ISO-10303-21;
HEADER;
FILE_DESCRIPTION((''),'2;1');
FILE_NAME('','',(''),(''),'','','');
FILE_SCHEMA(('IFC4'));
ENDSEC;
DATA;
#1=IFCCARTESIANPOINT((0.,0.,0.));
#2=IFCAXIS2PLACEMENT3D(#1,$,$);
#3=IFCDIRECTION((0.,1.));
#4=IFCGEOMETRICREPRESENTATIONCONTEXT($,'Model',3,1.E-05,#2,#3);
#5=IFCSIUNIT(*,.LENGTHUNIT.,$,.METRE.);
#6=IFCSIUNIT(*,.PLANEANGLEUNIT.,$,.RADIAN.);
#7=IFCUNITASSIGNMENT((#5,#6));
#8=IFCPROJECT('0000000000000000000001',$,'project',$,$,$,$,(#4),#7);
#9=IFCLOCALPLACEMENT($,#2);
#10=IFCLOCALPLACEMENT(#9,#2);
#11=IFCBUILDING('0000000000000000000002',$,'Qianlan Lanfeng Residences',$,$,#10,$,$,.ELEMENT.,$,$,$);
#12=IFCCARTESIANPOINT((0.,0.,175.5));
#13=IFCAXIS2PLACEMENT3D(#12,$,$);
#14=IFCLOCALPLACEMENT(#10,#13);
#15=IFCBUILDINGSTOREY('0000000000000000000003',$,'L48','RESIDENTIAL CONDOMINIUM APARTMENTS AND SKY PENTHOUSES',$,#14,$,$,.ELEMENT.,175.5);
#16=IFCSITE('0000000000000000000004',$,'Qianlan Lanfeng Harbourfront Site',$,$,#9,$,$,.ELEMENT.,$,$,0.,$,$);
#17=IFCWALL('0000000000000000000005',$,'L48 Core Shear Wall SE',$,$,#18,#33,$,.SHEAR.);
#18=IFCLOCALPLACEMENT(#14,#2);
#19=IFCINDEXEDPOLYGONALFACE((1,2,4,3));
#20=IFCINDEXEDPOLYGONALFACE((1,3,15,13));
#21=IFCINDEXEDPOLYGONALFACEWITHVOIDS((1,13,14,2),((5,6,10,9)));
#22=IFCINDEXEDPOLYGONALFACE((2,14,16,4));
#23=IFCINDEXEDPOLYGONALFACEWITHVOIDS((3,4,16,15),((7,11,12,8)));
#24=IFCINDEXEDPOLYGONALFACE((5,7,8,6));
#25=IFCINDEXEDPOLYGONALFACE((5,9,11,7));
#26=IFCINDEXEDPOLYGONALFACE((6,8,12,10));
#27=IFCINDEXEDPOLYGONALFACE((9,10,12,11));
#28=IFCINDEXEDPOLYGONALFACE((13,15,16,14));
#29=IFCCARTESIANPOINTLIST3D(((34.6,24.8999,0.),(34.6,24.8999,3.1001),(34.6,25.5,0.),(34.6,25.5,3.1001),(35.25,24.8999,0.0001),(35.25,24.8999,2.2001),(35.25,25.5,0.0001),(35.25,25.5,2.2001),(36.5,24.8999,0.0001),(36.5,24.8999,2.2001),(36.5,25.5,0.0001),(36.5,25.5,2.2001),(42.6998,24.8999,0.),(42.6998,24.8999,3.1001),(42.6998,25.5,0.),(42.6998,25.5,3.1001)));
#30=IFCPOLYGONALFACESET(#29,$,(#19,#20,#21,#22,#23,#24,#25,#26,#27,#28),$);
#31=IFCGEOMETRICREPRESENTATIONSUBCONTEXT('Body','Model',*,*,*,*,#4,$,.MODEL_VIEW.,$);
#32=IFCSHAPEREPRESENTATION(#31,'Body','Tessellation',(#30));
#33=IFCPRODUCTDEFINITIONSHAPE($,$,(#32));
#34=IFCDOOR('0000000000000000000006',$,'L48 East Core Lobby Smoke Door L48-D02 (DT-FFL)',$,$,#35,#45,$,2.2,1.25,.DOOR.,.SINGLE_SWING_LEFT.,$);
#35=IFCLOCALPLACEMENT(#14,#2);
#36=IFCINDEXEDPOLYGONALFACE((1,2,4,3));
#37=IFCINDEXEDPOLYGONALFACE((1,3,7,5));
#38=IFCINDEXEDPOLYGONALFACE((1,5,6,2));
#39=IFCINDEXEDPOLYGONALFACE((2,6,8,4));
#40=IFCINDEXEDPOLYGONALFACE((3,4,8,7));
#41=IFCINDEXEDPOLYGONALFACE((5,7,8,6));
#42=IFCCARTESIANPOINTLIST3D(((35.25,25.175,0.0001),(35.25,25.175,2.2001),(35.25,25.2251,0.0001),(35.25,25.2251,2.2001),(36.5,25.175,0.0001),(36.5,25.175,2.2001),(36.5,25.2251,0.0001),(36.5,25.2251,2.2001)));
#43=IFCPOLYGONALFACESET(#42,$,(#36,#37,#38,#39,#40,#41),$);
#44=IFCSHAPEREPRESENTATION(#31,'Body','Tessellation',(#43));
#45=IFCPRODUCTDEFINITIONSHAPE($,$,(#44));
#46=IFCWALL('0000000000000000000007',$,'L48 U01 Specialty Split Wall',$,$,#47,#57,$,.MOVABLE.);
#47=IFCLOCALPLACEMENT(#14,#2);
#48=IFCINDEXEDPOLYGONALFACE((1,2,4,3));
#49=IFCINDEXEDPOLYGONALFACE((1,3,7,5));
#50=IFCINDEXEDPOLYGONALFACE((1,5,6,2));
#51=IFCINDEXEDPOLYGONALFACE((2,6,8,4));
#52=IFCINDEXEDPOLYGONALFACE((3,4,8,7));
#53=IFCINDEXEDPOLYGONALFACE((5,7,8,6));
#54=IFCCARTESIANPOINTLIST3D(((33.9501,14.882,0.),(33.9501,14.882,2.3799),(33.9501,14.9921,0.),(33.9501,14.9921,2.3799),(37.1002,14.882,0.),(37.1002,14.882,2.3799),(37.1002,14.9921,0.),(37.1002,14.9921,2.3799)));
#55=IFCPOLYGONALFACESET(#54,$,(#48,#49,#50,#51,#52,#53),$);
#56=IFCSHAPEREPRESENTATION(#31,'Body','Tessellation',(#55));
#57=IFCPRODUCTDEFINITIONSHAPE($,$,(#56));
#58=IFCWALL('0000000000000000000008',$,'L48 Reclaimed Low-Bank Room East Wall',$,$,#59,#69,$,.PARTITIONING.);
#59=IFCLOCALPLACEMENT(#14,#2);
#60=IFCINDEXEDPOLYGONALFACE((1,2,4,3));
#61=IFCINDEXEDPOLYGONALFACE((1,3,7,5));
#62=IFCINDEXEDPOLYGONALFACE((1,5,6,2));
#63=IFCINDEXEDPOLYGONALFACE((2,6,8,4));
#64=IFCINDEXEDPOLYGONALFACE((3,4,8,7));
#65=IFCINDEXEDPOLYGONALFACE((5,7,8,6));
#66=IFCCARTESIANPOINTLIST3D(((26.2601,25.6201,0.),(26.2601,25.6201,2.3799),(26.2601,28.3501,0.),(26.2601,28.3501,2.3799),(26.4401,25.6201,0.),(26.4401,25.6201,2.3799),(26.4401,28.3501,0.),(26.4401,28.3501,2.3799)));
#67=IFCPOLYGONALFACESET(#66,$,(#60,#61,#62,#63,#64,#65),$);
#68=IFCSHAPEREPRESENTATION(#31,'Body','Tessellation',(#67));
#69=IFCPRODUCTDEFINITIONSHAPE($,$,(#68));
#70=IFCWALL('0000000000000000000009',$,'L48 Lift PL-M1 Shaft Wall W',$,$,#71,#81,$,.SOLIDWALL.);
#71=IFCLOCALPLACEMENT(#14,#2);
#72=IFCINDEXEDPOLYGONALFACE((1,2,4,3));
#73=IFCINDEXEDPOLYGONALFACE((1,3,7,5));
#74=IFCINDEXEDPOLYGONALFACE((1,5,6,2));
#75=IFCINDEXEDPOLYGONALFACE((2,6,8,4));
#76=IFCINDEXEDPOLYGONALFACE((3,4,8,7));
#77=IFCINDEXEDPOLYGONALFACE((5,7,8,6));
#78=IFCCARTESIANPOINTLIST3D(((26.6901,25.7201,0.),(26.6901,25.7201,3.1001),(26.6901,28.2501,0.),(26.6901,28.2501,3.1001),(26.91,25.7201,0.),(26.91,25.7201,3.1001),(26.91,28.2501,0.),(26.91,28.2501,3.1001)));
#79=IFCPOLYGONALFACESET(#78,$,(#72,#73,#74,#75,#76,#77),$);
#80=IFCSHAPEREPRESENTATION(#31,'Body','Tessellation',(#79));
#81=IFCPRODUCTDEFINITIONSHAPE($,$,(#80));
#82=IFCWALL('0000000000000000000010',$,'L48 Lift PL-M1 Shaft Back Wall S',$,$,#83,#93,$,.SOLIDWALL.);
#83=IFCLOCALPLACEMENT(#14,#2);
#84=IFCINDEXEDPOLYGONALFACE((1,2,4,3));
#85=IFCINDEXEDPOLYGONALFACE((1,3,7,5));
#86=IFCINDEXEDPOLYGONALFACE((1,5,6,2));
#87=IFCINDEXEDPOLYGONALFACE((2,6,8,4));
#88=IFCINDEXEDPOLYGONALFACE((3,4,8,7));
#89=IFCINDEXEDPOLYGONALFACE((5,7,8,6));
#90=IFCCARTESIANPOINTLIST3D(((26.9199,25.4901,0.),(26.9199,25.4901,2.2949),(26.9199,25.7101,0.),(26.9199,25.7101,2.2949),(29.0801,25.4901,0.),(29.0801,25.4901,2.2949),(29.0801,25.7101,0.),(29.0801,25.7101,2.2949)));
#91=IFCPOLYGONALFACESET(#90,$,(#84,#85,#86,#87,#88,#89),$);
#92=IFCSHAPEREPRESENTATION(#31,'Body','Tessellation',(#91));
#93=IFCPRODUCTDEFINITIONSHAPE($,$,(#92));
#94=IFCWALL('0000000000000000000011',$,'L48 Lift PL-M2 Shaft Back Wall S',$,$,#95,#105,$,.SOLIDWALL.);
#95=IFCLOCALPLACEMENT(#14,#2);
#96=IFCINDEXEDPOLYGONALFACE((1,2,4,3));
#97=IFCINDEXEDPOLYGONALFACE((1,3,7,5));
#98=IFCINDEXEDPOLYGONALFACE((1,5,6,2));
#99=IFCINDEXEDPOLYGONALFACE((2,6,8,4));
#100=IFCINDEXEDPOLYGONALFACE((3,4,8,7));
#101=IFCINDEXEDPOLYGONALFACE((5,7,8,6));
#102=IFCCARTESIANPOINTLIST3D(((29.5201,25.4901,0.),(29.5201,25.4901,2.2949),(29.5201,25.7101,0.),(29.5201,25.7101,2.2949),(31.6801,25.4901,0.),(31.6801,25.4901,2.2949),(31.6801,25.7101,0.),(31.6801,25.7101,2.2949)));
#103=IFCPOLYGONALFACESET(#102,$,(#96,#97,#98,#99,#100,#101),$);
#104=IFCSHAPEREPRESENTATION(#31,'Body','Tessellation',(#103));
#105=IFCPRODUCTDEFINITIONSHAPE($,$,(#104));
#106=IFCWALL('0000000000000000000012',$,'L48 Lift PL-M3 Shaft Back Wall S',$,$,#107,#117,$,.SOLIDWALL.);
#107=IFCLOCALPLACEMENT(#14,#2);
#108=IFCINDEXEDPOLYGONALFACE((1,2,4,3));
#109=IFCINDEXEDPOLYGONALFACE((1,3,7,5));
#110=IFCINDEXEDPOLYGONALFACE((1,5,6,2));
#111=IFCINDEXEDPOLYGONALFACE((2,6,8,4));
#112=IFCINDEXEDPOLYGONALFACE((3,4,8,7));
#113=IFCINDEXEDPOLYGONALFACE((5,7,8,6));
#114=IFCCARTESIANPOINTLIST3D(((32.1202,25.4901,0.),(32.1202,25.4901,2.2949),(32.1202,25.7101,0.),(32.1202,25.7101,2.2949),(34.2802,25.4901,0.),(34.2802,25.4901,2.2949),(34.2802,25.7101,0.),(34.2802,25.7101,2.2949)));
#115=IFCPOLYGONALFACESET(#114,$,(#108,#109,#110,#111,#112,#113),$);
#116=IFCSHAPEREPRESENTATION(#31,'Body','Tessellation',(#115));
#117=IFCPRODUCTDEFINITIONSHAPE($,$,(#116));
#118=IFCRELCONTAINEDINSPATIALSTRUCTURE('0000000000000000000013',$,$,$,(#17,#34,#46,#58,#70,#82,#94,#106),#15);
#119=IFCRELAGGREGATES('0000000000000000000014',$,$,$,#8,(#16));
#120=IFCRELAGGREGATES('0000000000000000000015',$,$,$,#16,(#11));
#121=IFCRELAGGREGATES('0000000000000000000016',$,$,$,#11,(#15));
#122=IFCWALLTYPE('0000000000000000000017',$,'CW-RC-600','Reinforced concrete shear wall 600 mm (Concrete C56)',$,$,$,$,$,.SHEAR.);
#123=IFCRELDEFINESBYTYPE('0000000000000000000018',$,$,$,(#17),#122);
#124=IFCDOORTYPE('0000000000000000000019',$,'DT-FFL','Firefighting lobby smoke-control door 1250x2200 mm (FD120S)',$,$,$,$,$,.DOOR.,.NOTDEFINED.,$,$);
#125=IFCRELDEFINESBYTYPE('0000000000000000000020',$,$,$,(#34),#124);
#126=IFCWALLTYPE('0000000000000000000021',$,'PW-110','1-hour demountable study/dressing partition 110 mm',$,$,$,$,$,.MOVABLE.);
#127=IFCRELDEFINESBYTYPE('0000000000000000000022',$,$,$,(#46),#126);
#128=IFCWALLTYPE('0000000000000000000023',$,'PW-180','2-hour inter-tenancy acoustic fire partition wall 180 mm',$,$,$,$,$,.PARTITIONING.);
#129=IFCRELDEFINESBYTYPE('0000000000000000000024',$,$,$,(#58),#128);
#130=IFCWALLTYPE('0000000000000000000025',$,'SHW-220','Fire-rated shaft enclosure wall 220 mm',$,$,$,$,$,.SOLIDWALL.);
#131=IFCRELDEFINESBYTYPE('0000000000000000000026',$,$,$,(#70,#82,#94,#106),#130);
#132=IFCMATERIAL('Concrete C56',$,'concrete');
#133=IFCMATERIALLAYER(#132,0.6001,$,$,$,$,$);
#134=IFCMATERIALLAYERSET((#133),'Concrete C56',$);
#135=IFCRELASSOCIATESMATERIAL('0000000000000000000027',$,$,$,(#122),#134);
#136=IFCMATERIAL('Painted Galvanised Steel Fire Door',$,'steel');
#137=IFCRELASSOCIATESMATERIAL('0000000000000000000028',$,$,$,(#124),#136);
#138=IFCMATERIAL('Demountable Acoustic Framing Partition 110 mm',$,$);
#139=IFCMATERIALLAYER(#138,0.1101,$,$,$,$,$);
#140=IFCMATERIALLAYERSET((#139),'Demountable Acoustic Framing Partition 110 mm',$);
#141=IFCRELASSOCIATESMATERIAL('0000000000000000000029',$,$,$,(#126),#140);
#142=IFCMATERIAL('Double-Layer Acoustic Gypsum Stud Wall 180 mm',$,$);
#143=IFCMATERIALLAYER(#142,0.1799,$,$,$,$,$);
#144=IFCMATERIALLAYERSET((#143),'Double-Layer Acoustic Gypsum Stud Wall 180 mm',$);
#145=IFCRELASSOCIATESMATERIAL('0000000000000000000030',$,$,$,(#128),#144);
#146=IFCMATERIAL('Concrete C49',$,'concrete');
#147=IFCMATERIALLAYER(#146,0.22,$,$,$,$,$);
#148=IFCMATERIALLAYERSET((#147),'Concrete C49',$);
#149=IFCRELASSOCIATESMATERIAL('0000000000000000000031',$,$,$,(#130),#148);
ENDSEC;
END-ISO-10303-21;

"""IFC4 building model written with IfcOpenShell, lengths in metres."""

from ifc_helpers import new_model, si_unit, direction, frame, frame_2d, origin, place, context, subcontext, project, spatial, rectangle, extrude, material, layer, layer_set, type_object, element, fill, save


model = new_model("IFC4")

# Units and contexts
model_context = context("Model", 3, precision=1e-05, world=origin(), true_north=direction((0.0, 1.0)))
body_context = subcontext(model_context, "Body", "Model", "MODEL_VIEW")
ifc_project = project(units=[si_unit("LENGTHUNIT", "METRE"), si_unit("PLANEANGLEUNIT", "RADIAN")], contexts=[model_context])

# Site, building, storey
site_placement = place(None, origin())
site = spatial("IfcSite", under=ifc_project, at=site_placement, Name="Qianlan Lanfeng Harbourfront Site", CompositionType="ELEMENT", RefElevation=0.0)
building_placement = place(site_placement, origin())
building = spatial("IfcBuilding", under=site, at=building_placement, Name="Qianlan Lanfeng Residences", CompositionType="ELEMENT")
storey_placement = place(building_placement, frame((0.0, 0.0, 175.5)))
storey = spatial("IfcBuildingStorey", under=building, at=storey_placement, Name="L48", Description="RESIDENTIAL CONDOMINIUM APARTMENTS AND SKY PENTHOUSES", CompositionType="ELEMENT", Elevation=175.5)

# Shared definitions
ifc_material_1 = material(Name="Concrete C49", Category="concrete")

# Wall, opening, door
ifc_material_2 = material(Name="Concrete C56", Category="concrete")
ifc_layer_1 = layer(ifc_material_2, 0.6001)
ifc_layer_set_1 = layer_set([ifc_layer_1], Name="Concrete C56")
wall_type_1 = type_object("IfcWallType", Name="CW-RC-600", Description="Reinforced concrete shear wall 600 mm (Concrete C56)", PredefinedType="SHEAR", material=ifc_layer_set_1)
wall_1_placement = place(storey_placement, frame((34.6001, 25.2, 0.0), z_axis=(0.0, 0.0, 1.0), x_axis=(1.0, 0.0, 0.0)))
wall_1 = element("IfcWall", 1, at=wall_1_placement, inside=storey, type_object=wall_type_1, Name="L48 Core Shear Wall SE", PredefinedType="SHEAR", context=body_context, shape_type="SweptSolid", body=[
    extrude(rectangle(XDim=8.0999, YDim=0.6001, at=frame_2d((4.0498, 0.0))), origin(), (0.0, 0.0, 1.0), 3.1001),
])
opening_1_placement = place(wall_1_placement, frame((0.6499, 0.0, 0.0)))
opening_1 = element("IfcOpeningElement", 2, at=opening_1_placement, cuts=wall_1, PredefinedType="OPENING", context=body_context, shape_type="SweptSolid", body=[
    extrude(rectangle(XDim=1.25, YDim=2.2, at=frame_2d((0.625, 1.1001))), frame((0.0, 0.3101, 0.0), z_axis=(0.0, -1.0, 0.0), x_axis=(1.0, 0.0, 0.0)), (0.0, 0.0, 1.0), 0.6201),
])
ifc_material_3 = material(Name="Painted Galvanised Steel Fire Door", Category="steel")
door_type_1 = type_object("IfcDoorType", Name="DT-FFL", Description="Firefighting lobby smoke-control door 1250x2200 mm (FD120S)", OperationType="NOTDEFINED", PredefinedType="DOOR", material=ifc_material_3)
door_1_placement = place(opening_1_placement, frame((1.25, 0.0, 0.0), z_axis=(0.0, 0.0, 1.0), x_axis=(-1.0, 0.0, 0.0)))
door_1 = element("IfcDoor", 3, at=door_1_placement, inside=storey, type_object=door_type_1, Name="L48 East Core Lobby Smoke Door L48-D02 (DT-FFL)", OperationType="SINGLE_SWING_LEFT", OverallHeight=2.2, OverallWidth=1.25, PredefinedType="DOOR", context=body_context, shape_type="SweptSolid", body=[
    extrude(rectangle(XDim=1.25, YDim=2.2, at=frame_2d((0.625, 1.1001))), frame((0.0, 0.0249, 0.0), z_axis=(0.0, -1.0, 0.0), x_axis=(1.0, 0.0, 0.0)), (0.0, 0.0, 1.0), 0.05),
])
fill(opening_1, door_1)
ifc_material_4 = material(Name="Demountable Acoustic Framing Partition 110 mm")
ifc_layer_2 = layer(ifc_material_4, 0.1101)
ifc_layer_set_2 = layer_set([ifc_layer_2], Name="Demountable Acoustic Framing Partition 110 mm")
wall_type_2 = type_object("IfcWallType", Name="PW-110", Description="1-hour demountable study/dressing partition 110 mm", PredefinedType="MOVABLE", material=ifc_layer_set_2)

# Wall
wall_2_placement = place(storey_placement, frame((33.95, 14.937, 0.0), z_axis=(0.0, 0.0, 1.0), x_axis=(1.0, 0.0, 0.0)))
element("IfcWall", 4, at=wall_2_placement, inside=storey, type_object=wall_type_2, Name="L48 U01 Specialty Split Wall", PredefinedType="MOVABLE", context=body_context, shape_type="SweptSolid", body=[
    extrude(rectangle(XDim=3.1501, YDim=0.1101, at=frame_2d((1.5752, 0.0))), origin(), (0.0, 0.0, 1.0), 2.3799),
])

# Shared definitions
ifc_material_5 = material(Name="Double-Layer Acoustic Gypsum Stud Wall 180 mm")
ifc_layer_3 = layer(ifc_material_5, 0.1799)
ifc_layer_set_3 = layer_set([ifc_layer_3], Name="Double-Layer Acoustic Gypsum Stud Wall 180 mm")
wall_type_3 = type_object("IfcWallType", Name="PW-180", Description="2-hour inter-tenancy acoustic fire partition wall 180 mm", PredefinedType="PARTITIONING", material=ifc_layer_set_3)

# Walls
wall_3_placement = place(storey_placement, frame((26.3501, 25.6201, 0.0), z_axis=(0.0, 0.0, 1.0), x_axis=(0.0, 1.0, 0.0)))
element("IfcWall", 5, at=wall_3_placement, inside=storey, type_object=wall_type_3, Name="L48 Reclaimed Low-Bank Room East Wall", PredefinedType="PARTITIONING", context=body_context, shape_type="SweptSolid", body=[
    extrude(rectangle(XDim=2.73, YDim=0.1799, at=frame_2d((1.365, 0.0))), origin(), (0.0, 0.0, 1.0), 2.3799),
])
ifc_layer_4 = layer(ifc_material_1, 0.22)
ifc_layer_set_4 = layer_set([ifc_layer_4], Name="Concrete C49")
wall_type_4 = type_object("IfcWallType", Name="SHW-220", Description="Fire-rated shaft enclosure wall 220 mm", PredefinedType="SOLIDWALL", material=ifc_layer_set_4)
wall_4_placement = place(storey_placement, frame((26.8, 25.72, 0.0), z_axis=(0.0, 0.0, 1.0), x_axis=(0.0, 1.0, 0.0)))
element("IfcWall", 6, at=wall_4_placement, inside=storey, type_object=wall_type_4, Name="L48 Lift PL-M1 Shaft Wall W", PredefinedType="SOLIDWALL", context=body_context, shape_type="SweptSolid", body=[
    extrude(rectangle(XDim=2.53, YDim=0.22, at=frame_2d((1.2651, 0.0))), origin(), (0.0, 0.0, 1.0), 3.1001),
])
wall_5_placement = place(storey_placement, frame((26.9199, 25.6001, 0.0), z_axis=(0.0, 0.0, 1.0), x_axis=(1.0, 0.0, 0.0)))
element("IfcWall", 7, at=wall_5_placement, inside=storey, type_object=wall_type_4, Name="L48 Lift PL-M1 Shaft Back Wall S", PredefinedType="SOLIDWALL", context=body_context, shape_type="SweptSolid", body=[
    extrude(rectangle(XDim=2.1602, YDim=0.22, at=frame_2d((1.0801, 0.0))), origin(), (0.0, 0.0, 1.0), 2.2949),
])
for number, where, z_axis, x_axis, name in (
    (8, (29.52, 25.6001, 0.0), (0.0, 0.0, 1.0), (1.0, 0.0, 0.0), "L48 Lift PL-M2 Shaft Back Wall S"),
    (9, (32.1201, 25.6001, 0.0), (0.0, 0.0, 1.0), (1.0, 0.0, 0.0), "L48 Lift PL-M3 Shaft Back Wall S"),
):
    element("IfcWall", number, at=place(storey_placement, frame(where, z_axis=z_axis, x_axis=x_axis)), inside=storey, type_object=wall_type_4, Name=name, PredefinedType="SOLIDWALL", context=body_context, shape_type="SweptSolid", body=[
        extrude(rectangle(XDim=2.1599, YDim=0.22, at=frame_2d((1.0801, 0.0))), origin(), (0.0, 0.0, 1.0), 2.2949),
    ])

save(model, "model.ifc")
